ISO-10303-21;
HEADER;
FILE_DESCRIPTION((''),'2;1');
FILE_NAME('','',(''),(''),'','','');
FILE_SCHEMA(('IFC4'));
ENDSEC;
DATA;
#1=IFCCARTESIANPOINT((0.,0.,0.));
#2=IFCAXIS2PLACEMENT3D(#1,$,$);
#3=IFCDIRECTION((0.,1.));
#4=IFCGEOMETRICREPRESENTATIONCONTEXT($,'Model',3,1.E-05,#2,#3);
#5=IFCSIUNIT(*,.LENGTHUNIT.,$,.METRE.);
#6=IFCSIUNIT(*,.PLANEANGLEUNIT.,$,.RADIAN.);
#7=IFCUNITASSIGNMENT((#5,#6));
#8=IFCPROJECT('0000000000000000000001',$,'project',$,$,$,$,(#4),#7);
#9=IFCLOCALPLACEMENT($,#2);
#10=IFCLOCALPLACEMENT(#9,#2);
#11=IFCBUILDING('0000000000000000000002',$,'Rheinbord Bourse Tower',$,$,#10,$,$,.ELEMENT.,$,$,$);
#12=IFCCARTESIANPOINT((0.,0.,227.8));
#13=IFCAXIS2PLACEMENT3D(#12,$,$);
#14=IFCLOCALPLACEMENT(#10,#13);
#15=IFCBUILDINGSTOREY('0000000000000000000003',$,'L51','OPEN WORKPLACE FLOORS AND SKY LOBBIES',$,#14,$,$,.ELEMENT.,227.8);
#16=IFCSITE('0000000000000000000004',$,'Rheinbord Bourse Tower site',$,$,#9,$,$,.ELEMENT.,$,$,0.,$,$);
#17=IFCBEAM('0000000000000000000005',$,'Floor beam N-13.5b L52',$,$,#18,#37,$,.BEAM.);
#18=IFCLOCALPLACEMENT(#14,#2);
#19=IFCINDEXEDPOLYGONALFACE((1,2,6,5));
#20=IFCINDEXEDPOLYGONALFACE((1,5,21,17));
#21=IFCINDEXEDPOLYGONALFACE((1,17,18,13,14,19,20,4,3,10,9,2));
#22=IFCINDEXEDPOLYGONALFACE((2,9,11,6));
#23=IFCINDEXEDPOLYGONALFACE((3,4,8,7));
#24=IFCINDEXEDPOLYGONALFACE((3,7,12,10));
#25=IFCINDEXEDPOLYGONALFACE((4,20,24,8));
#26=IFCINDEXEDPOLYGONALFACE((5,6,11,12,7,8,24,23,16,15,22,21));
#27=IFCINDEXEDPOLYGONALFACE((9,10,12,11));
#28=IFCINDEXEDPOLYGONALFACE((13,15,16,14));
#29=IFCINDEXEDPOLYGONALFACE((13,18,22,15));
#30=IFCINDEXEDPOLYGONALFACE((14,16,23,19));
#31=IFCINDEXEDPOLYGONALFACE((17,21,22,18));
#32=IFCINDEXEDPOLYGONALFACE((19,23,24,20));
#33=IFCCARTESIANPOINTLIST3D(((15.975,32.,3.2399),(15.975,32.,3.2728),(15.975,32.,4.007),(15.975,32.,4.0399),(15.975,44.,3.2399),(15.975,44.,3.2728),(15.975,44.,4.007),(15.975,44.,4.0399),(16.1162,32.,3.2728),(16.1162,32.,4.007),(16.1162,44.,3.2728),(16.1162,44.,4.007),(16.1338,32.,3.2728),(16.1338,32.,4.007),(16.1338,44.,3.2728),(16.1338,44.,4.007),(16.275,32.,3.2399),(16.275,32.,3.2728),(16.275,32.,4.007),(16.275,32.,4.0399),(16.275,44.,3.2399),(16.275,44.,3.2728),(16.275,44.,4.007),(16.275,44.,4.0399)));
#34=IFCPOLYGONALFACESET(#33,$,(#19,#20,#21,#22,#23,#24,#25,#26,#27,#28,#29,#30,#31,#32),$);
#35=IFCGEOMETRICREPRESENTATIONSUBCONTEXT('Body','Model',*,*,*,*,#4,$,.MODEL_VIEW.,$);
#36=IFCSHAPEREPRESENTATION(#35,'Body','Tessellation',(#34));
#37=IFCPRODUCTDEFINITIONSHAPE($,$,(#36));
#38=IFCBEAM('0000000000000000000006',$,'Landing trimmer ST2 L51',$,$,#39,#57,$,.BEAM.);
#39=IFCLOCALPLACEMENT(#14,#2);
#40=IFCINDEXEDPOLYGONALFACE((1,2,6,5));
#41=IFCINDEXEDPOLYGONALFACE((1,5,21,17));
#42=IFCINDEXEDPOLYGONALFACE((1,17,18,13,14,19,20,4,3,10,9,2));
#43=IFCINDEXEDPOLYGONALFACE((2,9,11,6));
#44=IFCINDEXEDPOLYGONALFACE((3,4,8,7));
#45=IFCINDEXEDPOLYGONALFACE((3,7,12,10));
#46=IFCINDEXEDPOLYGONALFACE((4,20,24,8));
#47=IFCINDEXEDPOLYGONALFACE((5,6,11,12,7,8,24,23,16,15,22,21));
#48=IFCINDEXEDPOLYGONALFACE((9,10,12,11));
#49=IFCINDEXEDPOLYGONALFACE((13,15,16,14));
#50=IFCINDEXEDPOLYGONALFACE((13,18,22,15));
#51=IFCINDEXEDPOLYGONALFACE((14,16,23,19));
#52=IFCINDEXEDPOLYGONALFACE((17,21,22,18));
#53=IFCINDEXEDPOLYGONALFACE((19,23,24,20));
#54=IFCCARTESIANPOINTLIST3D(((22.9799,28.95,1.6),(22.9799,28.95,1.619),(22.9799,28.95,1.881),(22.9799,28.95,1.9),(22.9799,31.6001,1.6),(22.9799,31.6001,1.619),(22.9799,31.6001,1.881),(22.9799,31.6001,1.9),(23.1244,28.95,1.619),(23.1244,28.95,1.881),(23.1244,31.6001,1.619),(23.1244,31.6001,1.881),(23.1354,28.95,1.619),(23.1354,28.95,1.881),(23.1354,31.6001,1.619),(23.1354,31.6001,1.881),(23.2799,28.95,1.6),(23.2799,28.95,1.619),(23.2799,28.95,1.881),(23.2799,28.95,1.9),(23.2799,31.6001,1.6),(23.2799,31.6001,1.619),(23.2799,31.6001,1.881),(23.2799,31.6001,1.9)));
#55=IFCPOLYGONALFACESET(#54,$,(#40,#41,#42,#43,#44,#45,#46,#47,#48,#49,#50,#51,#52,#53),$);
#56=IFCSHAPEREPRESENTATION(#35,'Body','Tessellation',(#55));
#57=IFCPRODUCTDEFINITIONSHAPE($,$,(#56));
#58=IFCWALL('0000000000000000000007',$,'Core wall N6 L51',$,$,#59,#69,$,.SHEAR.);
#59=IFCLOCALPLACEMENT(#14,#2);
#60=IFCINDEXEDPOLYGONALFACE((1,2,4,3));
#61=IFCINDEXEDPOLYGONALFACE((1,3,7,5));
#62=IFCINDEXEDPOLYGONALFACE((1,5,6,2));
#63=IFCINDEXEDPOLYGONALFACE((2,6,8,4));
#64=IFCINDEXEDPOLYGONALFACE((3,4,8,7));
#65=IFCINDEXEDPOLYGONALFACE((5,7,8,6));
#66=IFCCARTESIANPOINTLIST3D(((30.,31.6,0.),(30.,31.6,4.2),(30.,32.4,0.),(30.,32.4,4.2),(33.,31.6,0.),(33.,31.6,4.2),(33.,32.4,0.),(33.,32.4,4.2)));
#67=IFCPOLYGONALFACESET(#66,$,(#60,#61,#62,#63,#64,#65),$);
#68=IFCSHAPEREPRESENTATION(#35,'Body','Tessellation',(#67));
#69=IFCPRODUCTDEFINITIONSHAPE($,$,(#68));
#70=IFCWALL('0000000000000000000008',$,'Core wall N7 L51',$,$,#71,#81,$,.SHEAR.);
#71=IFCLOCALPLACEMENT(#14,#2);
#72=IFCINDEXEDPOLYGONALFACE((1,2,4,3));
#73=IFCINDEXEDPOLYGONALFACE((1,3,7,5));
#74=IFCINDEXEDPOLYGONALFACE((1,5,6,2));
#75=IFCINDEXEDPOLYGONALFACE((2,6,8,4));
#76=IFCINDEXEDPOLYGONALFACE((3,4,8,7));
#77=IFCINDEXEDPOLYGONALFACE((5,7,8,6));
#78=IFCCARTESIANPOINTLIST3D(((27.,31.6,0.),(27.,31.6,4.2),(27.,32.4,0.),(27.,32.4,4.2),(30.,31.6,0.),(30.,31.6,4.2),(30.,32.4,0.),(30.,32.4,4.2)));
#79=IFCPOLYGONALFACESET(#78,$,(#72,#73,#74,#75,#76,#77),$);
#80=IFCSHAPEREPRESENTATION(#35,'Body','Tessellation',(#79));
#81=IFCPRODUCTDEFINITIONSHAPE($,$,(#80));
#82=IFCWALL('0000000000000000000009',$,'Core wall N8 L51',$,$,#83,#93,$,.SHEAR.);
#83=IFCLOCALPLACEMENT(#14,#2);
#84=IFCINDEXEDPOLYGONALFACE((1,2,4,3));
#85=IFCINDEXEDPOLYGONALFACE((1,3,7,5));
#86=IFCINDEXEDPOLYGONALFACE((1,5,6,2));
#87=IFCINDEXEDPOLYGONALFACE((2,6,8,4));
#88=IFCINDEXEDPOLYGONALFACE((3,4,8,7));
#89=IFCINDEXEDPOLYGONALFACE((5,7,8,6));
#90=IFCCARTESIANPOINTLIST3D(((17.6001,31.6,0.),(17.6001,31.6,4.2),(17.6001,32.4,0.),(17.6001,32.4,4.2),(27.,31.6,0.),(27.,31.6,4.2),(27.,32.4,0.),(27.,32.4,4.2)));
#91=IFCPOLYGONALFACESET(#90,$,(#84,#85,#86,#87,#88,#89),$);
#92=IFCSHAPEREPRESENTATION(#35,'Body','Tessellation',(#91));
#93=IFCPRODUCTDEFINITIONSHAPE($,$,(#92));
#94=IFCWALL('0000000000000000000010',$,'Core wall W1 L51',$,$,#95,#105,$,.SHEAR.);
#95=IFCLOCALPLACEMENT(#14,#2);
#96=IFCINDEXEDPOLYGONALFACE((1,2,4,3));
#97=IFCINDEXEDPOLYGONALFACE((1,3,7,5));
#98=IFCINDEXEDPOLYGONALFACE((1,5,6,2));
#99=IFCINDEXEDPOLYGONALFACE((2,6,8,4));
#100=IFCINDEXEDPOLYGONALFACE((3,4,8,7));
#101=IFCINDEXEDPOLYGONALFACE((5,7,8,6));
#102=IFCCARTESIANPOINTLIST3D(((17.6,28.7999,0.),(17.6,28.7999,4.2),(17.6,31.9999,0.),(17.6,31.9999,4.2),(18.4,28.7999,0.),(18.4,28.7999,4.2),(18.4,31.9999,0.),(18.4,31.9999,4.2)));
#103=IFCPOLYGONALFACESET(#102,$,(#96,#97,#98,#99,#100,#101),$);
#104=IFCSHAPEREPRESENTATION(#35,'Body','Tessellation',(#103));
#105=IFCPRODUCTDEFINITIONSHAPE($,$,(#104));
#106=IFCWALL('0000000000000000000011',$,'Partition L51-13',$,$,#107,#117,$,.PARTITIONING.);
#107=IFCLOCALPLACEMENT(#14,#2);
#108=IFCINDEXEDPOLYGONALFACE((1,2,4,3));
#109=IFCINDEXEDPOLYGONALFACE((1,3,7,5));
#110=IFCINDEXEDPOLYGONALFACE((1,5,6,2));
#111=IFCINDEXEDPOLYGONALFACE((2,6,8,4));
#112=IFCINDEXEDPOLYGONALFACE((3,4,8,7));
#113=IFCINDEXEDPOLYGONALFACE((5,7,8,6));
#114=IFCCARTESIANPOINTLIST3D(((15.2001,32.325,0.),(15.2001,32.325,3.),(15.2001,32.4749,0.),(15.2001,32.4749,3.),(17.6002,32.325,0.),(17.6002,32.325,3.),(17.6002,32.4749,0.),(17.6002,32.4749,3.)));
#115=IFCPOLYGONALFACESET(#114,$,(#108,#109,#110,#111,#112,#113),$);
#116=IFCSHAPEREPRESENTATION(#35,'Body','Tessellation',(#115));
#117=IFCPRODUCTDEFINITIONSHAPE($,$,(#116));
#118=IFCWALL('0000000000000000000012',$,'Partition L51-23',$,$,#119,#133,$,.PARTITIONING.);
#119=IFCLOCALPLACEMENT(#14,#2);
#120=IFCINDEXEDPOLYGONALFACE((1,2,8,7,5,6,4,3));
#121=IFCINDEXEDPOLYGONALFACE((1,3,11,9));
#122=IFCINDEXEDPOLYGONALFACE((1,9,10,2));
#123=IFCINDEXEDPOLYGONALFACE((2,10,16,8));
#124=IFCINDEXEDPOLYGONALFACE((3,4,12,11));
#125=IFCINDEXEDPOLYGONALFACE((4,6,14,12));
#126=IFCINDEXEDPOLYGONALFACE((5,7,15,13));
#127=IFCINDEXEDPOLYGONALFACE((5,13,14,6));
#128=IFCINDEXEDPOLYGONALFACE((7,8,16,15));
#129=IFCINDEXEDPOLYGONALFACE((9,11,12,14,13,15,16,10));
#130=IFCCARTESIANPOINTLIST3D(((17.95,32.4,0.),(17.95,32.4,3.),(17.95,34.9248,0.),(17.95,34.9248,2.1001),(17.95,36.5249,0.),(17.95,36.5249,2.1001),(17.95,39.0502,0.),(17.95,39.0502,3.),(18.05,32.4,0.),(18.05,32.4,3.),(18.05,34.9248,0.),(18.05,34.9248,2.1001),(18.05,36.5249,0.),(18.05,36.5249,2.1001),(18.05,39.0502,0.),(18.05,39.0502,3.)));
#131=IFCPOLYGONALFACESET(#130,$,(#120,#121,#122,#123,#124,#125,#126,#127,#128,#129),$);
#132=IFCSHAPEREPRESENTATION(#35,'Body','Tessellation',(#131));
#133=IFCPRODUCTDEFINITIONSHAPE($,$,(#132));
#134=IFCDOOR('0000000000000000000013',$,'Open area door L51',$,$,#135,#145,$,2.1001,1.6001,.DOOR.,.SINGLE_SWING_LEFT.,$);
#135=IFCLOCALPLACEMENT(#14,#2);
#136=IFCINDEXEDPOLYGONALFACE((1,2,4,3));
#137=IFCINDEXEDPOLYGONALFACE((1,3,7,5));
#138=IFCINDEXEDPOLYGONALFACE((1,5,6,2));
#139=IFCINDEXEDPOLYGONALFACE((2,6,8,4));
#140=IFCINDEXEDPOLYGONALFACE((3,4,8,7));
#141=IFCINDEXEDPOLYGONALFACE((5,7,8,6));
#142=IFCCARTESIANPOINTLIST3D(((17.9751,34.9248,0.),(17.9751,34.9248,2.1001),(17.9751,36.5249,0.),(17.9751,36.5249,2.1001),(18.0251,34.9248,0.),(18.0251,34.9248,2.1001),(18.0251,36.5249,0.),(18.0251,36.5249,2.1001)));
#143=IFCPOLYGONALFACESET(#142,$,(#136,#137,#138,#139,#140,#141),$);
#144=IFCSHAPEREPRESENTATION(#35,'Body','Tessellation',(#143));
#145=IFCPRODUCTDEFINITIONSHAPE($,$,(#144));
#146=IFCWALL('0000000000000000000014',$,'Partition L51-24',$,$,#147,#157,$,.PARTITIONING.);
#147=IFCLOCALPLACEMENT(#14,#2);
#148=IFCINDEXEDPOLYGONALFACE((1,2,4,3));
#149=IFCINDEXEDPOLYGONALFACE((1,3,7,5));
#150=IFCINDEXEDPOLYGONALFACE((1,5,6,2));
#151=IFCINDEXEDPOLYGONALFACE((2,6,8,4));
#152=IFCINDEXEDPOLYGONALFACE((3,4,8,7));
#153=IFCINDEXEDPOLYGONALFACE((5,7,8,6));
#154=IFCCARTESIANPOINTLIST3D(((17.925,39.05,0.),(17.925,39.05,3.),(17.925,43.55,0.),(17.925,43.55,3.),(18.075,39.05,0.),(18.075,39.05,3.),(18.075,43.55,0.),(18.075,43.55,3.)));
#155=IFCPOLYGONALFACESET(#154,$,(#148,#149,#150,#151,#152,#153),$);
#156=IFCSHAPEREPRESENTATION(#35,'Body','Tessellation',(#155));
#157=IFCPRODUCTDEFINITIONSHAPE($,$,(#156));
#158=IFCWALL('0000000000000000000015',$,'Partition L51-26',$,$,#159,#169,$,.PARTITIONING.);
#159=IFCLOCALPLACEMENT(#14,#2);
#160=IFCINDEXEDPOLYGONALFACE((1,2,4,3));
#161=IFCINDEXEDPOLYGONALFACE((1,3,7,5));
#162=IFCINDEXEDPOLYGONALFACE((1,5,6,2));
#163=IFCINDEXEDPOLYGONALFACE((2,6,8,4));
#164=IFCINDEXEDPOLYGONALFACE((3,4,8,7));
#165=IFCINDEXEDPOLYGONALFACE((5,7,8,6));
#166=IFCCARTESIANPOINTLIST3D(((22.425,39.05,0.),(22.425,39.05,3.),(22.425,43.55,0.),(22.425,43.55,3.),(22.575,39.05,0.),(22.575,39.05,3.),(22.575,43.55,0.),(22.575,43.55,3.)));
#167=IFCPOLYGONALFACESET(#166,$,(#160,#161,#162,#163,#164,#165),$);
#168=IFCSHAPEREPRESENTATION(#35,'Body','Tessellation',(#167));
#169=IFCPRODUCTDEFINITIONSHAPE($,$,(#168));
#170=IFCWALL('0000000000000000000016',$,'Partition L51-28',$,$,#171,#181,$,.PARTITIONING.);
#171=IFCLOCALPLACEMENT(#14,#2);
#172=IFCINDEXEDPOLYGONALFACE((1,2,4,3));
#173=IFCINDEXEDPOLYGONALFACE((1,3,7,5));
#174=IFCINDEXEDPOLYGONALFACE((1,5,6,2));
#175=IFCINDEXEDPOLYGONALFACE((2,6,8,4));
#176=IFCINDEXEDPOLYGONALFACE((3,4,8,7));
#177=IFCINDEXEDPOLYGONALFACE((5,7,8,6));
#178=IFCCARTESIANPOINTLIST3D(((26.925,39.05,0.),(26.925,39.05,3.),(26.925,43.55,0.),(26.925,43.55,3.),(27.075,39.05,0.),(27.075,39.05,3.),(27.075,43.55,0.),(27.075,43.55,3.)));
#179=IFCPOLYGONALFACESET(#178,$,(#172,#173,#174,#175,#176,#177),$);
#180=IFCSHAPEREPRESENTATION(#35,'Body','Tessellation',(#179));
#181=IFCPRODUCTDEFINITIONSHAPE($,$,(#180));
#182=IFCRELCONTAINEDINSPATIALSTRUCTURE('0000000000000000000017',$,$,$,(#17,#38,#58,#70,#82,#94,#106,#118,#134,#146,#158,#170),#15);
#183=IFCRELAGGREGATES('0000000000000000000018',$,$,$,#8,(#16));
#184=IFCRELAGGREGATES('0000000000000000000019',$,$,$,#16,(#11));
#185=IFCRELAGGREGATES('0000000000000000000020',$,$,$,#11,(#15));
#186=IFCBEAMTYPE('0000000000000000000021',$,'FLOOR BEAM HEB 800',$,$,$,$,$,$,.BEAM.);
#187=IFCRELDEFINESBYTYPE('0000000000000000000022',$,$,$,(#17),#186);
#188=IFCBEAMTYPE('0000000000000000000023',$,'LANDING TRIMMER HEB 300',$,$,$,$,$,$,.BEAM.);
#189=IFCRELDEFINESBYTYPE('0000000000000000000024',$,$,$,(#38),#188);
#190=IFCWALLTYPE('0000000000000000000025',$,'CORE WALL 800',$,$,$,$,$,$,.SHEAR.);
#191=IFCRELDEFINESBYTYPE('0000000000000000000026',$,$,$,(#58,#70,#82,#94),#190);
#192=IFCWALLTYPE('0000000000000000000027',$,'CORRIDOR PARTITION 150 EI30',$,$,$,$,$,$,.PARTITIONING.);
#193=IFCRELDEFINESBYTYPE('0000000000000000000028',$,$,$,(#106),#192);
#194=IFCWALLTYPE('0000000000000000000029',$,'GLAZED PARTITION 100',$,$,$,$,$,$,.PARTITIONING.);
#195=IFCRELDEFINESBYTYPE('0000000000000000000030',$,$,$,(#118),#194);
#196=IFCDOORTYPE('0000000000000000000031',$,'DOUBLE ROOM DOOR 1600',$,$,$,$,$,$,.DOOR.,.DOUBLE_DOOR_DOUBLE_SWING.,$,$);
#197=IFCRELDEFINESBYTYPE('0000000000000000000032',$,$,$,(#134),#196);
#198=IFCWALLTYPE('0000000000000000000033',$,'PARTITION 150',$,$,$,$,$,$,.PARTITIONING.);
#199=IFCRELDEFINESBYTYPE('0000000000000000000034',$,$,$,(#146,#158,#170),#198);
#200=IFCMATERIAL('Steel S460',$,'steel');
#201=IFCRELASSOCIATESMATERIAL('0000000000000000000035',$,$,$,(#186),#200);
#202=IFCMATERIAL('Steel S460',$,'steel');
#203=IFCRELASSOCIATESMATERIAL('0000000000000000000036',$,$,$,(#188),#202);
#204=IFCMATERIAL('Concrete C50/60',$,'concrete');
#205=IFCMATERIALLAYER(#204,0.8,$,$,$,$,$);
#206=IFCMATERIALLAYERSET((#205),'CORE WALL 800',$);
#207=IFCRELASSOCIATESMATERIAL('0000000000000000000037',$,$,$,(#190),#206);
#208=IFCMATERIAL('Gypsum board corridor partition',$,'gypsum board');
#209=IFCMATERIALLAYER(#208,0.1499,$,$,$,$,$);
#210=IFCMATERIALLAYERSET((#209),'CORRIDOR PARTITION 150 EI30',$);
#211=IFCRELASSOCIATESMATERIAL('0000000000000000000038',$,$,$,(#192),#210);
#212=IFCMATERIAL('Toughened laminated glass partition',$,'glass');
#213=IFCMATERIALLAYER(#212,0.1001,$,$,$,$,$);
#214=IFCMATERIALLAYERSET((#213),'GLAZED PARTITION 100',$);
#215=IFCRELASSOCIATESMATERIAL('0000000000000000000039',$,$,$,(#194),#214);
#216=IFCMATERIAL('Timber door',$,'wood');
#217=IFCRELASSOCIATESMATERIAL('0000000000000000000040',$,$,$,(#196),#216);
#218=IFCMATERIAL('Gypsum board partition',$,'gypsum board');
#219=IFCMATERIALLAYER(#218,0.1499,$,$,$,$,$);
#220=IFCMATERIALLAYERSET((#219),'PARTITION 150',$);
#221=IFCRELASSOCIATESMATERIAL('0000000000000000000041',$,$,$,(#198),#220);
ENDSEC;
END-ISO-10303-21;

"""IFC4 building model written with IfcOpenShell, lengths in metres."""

from ifc_helpers import new_model, si_unit, direction, frame, frame_2d, origin, origin_2d, place, context, subcontext, project, spatial, rectangle, i_section, extrude, material, layer, layer_set, material_profile, profile_set, type_object, element, fill, save


model = new_model("IFC4")

# Units and contexts
model_context = context("Model", 3, precision=1e-05, world=origin(), true_north=direction((0.0, 1.0)))
body_context = subcontext(model_context, "Body", "Model", "MODEL_VIEW")
ifc_project = project(units=[si_unit("LENGTHUNIT", "METRE"), si_unit("PLANEANGLEUNIT", "RADIAN")], contexts=[model_context])

# Site, building, storey
site_placement = place(None, origin())
site = spatial("IfcSite", under=ifc_project, at=site_placement, Name="Rheinbord Bourse Tower site", CompositionType="ELEMENT", RefElevation=0.0)
building_placement = place(site_placement, origin())
building = spatial("IfcBuilding", under=site, at=building_placement, Name="Rheinbord Bourse Tower", CompositionType="ELEMENT")
storey_placement = place(building_placement, frame((0.0, 0.0, 227.8)))
storey = spatial("IfcBuildingStorey", under=building, at=storey_placement, Name="L51", Description="OPEN WORKPLACE FLOORS AND SKY LOBBIES", CompositionType="ELEMENT", Elevation=227.8)

# Beams
ifc_material_1 = material(Name="Steel S460", Category="steel")
ifc_material_profile_1 = material_profile(ifc_material_1, i_section(OverallWidth=0.3, OverallDepth=0.8, WebThickness=0.0176, FlangeThickness=0.033, at=origin_2d()), Name="HEB 800")
ifc_profile_set_1 = profile_set([ifc_material_profile_1], Name="Steel S460")
beam_type_1 = type_object("IfcBeamType", Name="FLOOR BEAM HEB 800", PredefinedType="BEAM", material=ifc_profile_set_1)
beam_1_placement = place(storey_placement, frame((16.125, 44.0, 3.6399), z_axis=(0.0, -1.0, 0.0), x_axis=(1.0, 0.0, 0.0)))
element("IfcBeam", 1, at=beam_1_placement, inside=storey, type_object=beam_type_1, Name="Floor beam N-13.5b L52", PredefinedType="BEAM", context=body_context, shape_type="SweptSolid", body=[
    extrude(i_section(OverallWidth=0.3, OverallDepth=0.8, WebThickness=0.0176, FlangeThickness=0.033, at=origin_2d()), origin(), (0.0, 0.0, 1.0), 12.0),
])
ifc_material_2 = material(Name="Steel S460", Category="steel")
ifc_material_profile_2 = material_profile(ifc_material_2, i_section(OverallWidth=0.3, OverallDepth=0.3, WebThickness=0.011, FlangeThickness=0.019, at=origin_2d()), Name="HEB 300")
ifc_profile_set_2 = profile_set([ifc_material_profile_2], Name="Steel S460")
beam_type_2 = type_object("IfcBeamType", Name="LANDING TRIMMER HEB 300", PredefinedType="BEAM", material=ifc_profile_set_2)
beam_2_placement = place(storey_placement, frame((23.1299, 28.95, 1.75), z_axis=(0.0, 1.0, 0.0), x_axis=(-1.0, 0.0, 0.0)))
element("IfcBeam", 2, at=beam_2_placement, inside=storey, type_object=beam_type_2, Name="Landing trimmer ST2 L51", PredefinedType="BEAM", context=body_context, shape_type="SweptSolid", body=[
    extrude(i_section(OverallWidth=0.3, OverallDepth=0.3, WebThickness=0.011, FlangeThickness=0.019, at=origin_2d()), origin(), (0.0, 0.0, 1.0), 2.6501),
])

# Walls
ifc_material_3 = material(Name="Concrete C50/60", Category="concrete")
ifc_layer_1 = layer(ifc_material_3, 0.8)
ifc_layer_set_1 = layer_set([ifc_layer_1], Name="CORE WALL 800")
wall_type_1 = type_object("IfcWallType", Name="CORE WALL 800", PredefinedType="SHEAR", material=ifc_layer_set_1)
for number, where, z_axis, x_axis, name in (
    (3, (33.0, 32.0, 0.0), (0.0, 0.0, 1.0), (-1.0, 0.0, 0.0), "Core wall N6 L51"),
    (4, (30.0, 32.0, 0.0), (0.0, 0.0, 1.0), (-1.0, 0.0, 0.0), "Core wall N7 L51"),
):
    element("IfcWall", number, at=place(storey_placement, frame(where, z_axis=z_axis, x_axis=x_axis)), inside=storey, type_object=wall_type_1, Name=name, PredefinedType="SHEAR", context=body_context, shape_type="SweptSolid", body=[
        extrude(rectangle(XDim=3.0, YDim=0.8, at=frame_2d((1.5, 0.0))), origin(), (0.0, 0.0, 1.0), 4.2),
    ])
wall_1_placement = place(storey_placement, frame((27.0, 32.0, 0.0), z_axis=(0.0, 0.0, 1.0), x_axis=(-1.0, 0.0, 0.0)))
element("IfcWall", 5, at=wall_1_placement, inside=storey, type_object=wall_type_1, Name="Core wall N8 L51", PredefinedType="SHEAR", context=body_context, shape_type="SweptSolid", body=[
    extrude(rectangle(XDim=9.3999, YDim=0.8, at=frame_2d((4.7, 0.0))), origin(), (0.0, 0.0, 1.0), 4.2),
])
wall_2_placement = place(storey_placement, frame((18.0, 32.0, 0.0), z_axis=(0.0, 0.0, 1.0), x_axis=(0.0, -1.0, 0.0)))
element("IfcWall", 6, at=wall_2_placement, inside=storey, type_object=wall_type_1, Name="Core wall W1 L51", PredefinedType="SHEAR", context=body_context, shape_type="SweptSolid", body=[
    extrude(rectangle(XDim=3.2, YDim=0.8, at=frame_2d((1.6001, 0.0))), origin(), (0.0, 0.0, 1.0), 4.2),
])
ifc_material_4 = material(Name="Gypsum board corridor partition", Category="gypsum board")
ifc_layer_2 = layer(ifc_material_4, 0.1499)
ifc_layer_set_2 = layer_set([ifc_layer_2], Name="CORRIDOR PARTITION 150 EI30")
wall_type_2 = type_object("IfcWallType", Name="CORRIDOR PARTITION 150 EI30", PredefinedType="PARTITIONING", material=ifc_layer_set_2)
wall_3_placement = place(storey_placement, frame((15.2, 32.3999, 0.0), z_axis=(0.0, 0.0, 1.0), x_axis=(1.0, 0.0, 0.0)))
element("IfcWall", 7, at=wall_3_placement, inside=storey, type_object=wall_type_2, Name="Partition L51-13", PredefinedType="PARTITIONING", context=body_context, shape_type="SweptSolid", body=[
    extrude(rectangle(XDim=2.4001, YDim=0.1499, at=frame_2d((1.2002, 0.0))), origin(), (0.0, 0.0, 1.0), 3.0),
])

# Wall, opening, door
ifc_material_5 = material(Name="Toughened laminated glass partition", Category="glass")
ifc_layer_3 = layer(ifc_material_5, 0.1001)
ifc_layer_set_3 = layer_set([ifc_layer_3], Name="GLAZED PARTITION 100")
wall_type_3 = type_object("IfcWallType", Name="GLAZED PARTITION 100", PredefinedType="PARTITIONING", material=ifc_layer_set_3)
wall_4_placement = place(storey_placement, frame((18.0, 32.3999, 0.0), z_axis=(0.0, 0.0, 1.0), x_axis=(0.0, 1.0, 0.0)))
wall_4 = element("IfcWall", 8, at=wall_4_placement, inside=storey, type_object=wall_type_3, Name="Partition L51-23", PredefinedType="PARTITIONING", context=body_context, shape_type="SweptSolid", body=[
    extrude(rectangle(XDim=6.6501, YDim=0.1001, at=frame_2d((3.3252, 0.0))), origin(), (0.0, 0.0, 1.0), 3.0),
])
opening_placement = place(wall_4_placement, frame((2.5249, 0.0, 0.0)))
opening = element("IfcOpeningElement", 9, at=opening_placement, cuts=wall_4, PredefinedType="OPENING", context=body_context, shape_type="SweptSolid", body=[
    extrude(rectangle(XDim=1.6001, YDim=2.1001, at=frame_2d((0.8, 1.05))), frame((0.0, 0.0601, 0.0), z_axis=(0.0, -1.0, 0.0), x_axis=(1.0, 0.0, 0.0)), (0.0, 0.0, 1.0), 0.1201),
])
ifc_material_6 = material(Name="Timber door", Category="wood")
door_type = type_object("IfcDoorType", Name="DOUBLE ROOM DOOR 1600", OperationType="DOUBLE_DOOR_DOUBLE_SWING", PredefinedType="DOOR", material=ifc_material_6)
door_placement = place(opening_placement, origin())
door = element("IfcDoor", 10, at=door_placement, inside=storey, type_object=door_type, Name="Open area door L51", OperationType="SINGLE_SWING_LEFT", OverallHeight=2.1001, OverallWidth=1.6001, PredefinedType="DOOR", context=body_context, shape_type="SweptSolid", body=[
    extrude(rectangle(XDim=1.6001, YDim=2.1001, at=frame_2d((0.8, 1.05))), frame((0.0, 0.0249, 0.0), z_axis=(0.0, -1.0, 0.0), x_axis=(1.0, 0.0, 0.0)), (0.0, 0.0, 1.0), 0.05),
])
fill(opening, door)

# Walls
ifc_material_7 = material(Name="Gypsum board partition", Category="gypsum board")
ifc_layer_4 = layer(ifc_material_7, 0.1499)
ifc_layer_set_4 = layer_set([ifc_layer_4], Name="PARTITION 150")
wall_type_4 = type_object("IfcWallType", Name="PARTITION 150", PredefinedType="PARTITIONING", material=ifc_layer_set_4)
for number, where, z_axis, x_axis, name in (
    (11, (18.0, 39.05, 0.0), (0.0, 0.0, 1.0), (0.0, 1.0, 0.0), "Partition L51-24"),
    (12, (22.5, 39.05, 0.0), (0.0, 0.0, 1.0), (0.0, 1.0, 0.0), "Partition L51-26"),
    (13, (27.0, 39.05, 0.0), (0.0, 0.0, 1.0), (0.0, 1.0, 0.0), "Partition L51-28"),
):
    element("IfcWall", number, at=place(storey_placement, frame(where, z_axis=z_axis, x_axis=x_axis)), inside=storey, type_object=wall_type_4, Name=name, PredefinedType="PARTITIONING", context=body_context, shape_type="SweptSolid", body=[
        extrude(rectangle(XDim=4.5, YDim=0.1499, at=frame_2d((2.25, 0.0))), origin(), (0.0, 0.0, 1.0), 3.0),
    ])

save(model, "model.ifc")
